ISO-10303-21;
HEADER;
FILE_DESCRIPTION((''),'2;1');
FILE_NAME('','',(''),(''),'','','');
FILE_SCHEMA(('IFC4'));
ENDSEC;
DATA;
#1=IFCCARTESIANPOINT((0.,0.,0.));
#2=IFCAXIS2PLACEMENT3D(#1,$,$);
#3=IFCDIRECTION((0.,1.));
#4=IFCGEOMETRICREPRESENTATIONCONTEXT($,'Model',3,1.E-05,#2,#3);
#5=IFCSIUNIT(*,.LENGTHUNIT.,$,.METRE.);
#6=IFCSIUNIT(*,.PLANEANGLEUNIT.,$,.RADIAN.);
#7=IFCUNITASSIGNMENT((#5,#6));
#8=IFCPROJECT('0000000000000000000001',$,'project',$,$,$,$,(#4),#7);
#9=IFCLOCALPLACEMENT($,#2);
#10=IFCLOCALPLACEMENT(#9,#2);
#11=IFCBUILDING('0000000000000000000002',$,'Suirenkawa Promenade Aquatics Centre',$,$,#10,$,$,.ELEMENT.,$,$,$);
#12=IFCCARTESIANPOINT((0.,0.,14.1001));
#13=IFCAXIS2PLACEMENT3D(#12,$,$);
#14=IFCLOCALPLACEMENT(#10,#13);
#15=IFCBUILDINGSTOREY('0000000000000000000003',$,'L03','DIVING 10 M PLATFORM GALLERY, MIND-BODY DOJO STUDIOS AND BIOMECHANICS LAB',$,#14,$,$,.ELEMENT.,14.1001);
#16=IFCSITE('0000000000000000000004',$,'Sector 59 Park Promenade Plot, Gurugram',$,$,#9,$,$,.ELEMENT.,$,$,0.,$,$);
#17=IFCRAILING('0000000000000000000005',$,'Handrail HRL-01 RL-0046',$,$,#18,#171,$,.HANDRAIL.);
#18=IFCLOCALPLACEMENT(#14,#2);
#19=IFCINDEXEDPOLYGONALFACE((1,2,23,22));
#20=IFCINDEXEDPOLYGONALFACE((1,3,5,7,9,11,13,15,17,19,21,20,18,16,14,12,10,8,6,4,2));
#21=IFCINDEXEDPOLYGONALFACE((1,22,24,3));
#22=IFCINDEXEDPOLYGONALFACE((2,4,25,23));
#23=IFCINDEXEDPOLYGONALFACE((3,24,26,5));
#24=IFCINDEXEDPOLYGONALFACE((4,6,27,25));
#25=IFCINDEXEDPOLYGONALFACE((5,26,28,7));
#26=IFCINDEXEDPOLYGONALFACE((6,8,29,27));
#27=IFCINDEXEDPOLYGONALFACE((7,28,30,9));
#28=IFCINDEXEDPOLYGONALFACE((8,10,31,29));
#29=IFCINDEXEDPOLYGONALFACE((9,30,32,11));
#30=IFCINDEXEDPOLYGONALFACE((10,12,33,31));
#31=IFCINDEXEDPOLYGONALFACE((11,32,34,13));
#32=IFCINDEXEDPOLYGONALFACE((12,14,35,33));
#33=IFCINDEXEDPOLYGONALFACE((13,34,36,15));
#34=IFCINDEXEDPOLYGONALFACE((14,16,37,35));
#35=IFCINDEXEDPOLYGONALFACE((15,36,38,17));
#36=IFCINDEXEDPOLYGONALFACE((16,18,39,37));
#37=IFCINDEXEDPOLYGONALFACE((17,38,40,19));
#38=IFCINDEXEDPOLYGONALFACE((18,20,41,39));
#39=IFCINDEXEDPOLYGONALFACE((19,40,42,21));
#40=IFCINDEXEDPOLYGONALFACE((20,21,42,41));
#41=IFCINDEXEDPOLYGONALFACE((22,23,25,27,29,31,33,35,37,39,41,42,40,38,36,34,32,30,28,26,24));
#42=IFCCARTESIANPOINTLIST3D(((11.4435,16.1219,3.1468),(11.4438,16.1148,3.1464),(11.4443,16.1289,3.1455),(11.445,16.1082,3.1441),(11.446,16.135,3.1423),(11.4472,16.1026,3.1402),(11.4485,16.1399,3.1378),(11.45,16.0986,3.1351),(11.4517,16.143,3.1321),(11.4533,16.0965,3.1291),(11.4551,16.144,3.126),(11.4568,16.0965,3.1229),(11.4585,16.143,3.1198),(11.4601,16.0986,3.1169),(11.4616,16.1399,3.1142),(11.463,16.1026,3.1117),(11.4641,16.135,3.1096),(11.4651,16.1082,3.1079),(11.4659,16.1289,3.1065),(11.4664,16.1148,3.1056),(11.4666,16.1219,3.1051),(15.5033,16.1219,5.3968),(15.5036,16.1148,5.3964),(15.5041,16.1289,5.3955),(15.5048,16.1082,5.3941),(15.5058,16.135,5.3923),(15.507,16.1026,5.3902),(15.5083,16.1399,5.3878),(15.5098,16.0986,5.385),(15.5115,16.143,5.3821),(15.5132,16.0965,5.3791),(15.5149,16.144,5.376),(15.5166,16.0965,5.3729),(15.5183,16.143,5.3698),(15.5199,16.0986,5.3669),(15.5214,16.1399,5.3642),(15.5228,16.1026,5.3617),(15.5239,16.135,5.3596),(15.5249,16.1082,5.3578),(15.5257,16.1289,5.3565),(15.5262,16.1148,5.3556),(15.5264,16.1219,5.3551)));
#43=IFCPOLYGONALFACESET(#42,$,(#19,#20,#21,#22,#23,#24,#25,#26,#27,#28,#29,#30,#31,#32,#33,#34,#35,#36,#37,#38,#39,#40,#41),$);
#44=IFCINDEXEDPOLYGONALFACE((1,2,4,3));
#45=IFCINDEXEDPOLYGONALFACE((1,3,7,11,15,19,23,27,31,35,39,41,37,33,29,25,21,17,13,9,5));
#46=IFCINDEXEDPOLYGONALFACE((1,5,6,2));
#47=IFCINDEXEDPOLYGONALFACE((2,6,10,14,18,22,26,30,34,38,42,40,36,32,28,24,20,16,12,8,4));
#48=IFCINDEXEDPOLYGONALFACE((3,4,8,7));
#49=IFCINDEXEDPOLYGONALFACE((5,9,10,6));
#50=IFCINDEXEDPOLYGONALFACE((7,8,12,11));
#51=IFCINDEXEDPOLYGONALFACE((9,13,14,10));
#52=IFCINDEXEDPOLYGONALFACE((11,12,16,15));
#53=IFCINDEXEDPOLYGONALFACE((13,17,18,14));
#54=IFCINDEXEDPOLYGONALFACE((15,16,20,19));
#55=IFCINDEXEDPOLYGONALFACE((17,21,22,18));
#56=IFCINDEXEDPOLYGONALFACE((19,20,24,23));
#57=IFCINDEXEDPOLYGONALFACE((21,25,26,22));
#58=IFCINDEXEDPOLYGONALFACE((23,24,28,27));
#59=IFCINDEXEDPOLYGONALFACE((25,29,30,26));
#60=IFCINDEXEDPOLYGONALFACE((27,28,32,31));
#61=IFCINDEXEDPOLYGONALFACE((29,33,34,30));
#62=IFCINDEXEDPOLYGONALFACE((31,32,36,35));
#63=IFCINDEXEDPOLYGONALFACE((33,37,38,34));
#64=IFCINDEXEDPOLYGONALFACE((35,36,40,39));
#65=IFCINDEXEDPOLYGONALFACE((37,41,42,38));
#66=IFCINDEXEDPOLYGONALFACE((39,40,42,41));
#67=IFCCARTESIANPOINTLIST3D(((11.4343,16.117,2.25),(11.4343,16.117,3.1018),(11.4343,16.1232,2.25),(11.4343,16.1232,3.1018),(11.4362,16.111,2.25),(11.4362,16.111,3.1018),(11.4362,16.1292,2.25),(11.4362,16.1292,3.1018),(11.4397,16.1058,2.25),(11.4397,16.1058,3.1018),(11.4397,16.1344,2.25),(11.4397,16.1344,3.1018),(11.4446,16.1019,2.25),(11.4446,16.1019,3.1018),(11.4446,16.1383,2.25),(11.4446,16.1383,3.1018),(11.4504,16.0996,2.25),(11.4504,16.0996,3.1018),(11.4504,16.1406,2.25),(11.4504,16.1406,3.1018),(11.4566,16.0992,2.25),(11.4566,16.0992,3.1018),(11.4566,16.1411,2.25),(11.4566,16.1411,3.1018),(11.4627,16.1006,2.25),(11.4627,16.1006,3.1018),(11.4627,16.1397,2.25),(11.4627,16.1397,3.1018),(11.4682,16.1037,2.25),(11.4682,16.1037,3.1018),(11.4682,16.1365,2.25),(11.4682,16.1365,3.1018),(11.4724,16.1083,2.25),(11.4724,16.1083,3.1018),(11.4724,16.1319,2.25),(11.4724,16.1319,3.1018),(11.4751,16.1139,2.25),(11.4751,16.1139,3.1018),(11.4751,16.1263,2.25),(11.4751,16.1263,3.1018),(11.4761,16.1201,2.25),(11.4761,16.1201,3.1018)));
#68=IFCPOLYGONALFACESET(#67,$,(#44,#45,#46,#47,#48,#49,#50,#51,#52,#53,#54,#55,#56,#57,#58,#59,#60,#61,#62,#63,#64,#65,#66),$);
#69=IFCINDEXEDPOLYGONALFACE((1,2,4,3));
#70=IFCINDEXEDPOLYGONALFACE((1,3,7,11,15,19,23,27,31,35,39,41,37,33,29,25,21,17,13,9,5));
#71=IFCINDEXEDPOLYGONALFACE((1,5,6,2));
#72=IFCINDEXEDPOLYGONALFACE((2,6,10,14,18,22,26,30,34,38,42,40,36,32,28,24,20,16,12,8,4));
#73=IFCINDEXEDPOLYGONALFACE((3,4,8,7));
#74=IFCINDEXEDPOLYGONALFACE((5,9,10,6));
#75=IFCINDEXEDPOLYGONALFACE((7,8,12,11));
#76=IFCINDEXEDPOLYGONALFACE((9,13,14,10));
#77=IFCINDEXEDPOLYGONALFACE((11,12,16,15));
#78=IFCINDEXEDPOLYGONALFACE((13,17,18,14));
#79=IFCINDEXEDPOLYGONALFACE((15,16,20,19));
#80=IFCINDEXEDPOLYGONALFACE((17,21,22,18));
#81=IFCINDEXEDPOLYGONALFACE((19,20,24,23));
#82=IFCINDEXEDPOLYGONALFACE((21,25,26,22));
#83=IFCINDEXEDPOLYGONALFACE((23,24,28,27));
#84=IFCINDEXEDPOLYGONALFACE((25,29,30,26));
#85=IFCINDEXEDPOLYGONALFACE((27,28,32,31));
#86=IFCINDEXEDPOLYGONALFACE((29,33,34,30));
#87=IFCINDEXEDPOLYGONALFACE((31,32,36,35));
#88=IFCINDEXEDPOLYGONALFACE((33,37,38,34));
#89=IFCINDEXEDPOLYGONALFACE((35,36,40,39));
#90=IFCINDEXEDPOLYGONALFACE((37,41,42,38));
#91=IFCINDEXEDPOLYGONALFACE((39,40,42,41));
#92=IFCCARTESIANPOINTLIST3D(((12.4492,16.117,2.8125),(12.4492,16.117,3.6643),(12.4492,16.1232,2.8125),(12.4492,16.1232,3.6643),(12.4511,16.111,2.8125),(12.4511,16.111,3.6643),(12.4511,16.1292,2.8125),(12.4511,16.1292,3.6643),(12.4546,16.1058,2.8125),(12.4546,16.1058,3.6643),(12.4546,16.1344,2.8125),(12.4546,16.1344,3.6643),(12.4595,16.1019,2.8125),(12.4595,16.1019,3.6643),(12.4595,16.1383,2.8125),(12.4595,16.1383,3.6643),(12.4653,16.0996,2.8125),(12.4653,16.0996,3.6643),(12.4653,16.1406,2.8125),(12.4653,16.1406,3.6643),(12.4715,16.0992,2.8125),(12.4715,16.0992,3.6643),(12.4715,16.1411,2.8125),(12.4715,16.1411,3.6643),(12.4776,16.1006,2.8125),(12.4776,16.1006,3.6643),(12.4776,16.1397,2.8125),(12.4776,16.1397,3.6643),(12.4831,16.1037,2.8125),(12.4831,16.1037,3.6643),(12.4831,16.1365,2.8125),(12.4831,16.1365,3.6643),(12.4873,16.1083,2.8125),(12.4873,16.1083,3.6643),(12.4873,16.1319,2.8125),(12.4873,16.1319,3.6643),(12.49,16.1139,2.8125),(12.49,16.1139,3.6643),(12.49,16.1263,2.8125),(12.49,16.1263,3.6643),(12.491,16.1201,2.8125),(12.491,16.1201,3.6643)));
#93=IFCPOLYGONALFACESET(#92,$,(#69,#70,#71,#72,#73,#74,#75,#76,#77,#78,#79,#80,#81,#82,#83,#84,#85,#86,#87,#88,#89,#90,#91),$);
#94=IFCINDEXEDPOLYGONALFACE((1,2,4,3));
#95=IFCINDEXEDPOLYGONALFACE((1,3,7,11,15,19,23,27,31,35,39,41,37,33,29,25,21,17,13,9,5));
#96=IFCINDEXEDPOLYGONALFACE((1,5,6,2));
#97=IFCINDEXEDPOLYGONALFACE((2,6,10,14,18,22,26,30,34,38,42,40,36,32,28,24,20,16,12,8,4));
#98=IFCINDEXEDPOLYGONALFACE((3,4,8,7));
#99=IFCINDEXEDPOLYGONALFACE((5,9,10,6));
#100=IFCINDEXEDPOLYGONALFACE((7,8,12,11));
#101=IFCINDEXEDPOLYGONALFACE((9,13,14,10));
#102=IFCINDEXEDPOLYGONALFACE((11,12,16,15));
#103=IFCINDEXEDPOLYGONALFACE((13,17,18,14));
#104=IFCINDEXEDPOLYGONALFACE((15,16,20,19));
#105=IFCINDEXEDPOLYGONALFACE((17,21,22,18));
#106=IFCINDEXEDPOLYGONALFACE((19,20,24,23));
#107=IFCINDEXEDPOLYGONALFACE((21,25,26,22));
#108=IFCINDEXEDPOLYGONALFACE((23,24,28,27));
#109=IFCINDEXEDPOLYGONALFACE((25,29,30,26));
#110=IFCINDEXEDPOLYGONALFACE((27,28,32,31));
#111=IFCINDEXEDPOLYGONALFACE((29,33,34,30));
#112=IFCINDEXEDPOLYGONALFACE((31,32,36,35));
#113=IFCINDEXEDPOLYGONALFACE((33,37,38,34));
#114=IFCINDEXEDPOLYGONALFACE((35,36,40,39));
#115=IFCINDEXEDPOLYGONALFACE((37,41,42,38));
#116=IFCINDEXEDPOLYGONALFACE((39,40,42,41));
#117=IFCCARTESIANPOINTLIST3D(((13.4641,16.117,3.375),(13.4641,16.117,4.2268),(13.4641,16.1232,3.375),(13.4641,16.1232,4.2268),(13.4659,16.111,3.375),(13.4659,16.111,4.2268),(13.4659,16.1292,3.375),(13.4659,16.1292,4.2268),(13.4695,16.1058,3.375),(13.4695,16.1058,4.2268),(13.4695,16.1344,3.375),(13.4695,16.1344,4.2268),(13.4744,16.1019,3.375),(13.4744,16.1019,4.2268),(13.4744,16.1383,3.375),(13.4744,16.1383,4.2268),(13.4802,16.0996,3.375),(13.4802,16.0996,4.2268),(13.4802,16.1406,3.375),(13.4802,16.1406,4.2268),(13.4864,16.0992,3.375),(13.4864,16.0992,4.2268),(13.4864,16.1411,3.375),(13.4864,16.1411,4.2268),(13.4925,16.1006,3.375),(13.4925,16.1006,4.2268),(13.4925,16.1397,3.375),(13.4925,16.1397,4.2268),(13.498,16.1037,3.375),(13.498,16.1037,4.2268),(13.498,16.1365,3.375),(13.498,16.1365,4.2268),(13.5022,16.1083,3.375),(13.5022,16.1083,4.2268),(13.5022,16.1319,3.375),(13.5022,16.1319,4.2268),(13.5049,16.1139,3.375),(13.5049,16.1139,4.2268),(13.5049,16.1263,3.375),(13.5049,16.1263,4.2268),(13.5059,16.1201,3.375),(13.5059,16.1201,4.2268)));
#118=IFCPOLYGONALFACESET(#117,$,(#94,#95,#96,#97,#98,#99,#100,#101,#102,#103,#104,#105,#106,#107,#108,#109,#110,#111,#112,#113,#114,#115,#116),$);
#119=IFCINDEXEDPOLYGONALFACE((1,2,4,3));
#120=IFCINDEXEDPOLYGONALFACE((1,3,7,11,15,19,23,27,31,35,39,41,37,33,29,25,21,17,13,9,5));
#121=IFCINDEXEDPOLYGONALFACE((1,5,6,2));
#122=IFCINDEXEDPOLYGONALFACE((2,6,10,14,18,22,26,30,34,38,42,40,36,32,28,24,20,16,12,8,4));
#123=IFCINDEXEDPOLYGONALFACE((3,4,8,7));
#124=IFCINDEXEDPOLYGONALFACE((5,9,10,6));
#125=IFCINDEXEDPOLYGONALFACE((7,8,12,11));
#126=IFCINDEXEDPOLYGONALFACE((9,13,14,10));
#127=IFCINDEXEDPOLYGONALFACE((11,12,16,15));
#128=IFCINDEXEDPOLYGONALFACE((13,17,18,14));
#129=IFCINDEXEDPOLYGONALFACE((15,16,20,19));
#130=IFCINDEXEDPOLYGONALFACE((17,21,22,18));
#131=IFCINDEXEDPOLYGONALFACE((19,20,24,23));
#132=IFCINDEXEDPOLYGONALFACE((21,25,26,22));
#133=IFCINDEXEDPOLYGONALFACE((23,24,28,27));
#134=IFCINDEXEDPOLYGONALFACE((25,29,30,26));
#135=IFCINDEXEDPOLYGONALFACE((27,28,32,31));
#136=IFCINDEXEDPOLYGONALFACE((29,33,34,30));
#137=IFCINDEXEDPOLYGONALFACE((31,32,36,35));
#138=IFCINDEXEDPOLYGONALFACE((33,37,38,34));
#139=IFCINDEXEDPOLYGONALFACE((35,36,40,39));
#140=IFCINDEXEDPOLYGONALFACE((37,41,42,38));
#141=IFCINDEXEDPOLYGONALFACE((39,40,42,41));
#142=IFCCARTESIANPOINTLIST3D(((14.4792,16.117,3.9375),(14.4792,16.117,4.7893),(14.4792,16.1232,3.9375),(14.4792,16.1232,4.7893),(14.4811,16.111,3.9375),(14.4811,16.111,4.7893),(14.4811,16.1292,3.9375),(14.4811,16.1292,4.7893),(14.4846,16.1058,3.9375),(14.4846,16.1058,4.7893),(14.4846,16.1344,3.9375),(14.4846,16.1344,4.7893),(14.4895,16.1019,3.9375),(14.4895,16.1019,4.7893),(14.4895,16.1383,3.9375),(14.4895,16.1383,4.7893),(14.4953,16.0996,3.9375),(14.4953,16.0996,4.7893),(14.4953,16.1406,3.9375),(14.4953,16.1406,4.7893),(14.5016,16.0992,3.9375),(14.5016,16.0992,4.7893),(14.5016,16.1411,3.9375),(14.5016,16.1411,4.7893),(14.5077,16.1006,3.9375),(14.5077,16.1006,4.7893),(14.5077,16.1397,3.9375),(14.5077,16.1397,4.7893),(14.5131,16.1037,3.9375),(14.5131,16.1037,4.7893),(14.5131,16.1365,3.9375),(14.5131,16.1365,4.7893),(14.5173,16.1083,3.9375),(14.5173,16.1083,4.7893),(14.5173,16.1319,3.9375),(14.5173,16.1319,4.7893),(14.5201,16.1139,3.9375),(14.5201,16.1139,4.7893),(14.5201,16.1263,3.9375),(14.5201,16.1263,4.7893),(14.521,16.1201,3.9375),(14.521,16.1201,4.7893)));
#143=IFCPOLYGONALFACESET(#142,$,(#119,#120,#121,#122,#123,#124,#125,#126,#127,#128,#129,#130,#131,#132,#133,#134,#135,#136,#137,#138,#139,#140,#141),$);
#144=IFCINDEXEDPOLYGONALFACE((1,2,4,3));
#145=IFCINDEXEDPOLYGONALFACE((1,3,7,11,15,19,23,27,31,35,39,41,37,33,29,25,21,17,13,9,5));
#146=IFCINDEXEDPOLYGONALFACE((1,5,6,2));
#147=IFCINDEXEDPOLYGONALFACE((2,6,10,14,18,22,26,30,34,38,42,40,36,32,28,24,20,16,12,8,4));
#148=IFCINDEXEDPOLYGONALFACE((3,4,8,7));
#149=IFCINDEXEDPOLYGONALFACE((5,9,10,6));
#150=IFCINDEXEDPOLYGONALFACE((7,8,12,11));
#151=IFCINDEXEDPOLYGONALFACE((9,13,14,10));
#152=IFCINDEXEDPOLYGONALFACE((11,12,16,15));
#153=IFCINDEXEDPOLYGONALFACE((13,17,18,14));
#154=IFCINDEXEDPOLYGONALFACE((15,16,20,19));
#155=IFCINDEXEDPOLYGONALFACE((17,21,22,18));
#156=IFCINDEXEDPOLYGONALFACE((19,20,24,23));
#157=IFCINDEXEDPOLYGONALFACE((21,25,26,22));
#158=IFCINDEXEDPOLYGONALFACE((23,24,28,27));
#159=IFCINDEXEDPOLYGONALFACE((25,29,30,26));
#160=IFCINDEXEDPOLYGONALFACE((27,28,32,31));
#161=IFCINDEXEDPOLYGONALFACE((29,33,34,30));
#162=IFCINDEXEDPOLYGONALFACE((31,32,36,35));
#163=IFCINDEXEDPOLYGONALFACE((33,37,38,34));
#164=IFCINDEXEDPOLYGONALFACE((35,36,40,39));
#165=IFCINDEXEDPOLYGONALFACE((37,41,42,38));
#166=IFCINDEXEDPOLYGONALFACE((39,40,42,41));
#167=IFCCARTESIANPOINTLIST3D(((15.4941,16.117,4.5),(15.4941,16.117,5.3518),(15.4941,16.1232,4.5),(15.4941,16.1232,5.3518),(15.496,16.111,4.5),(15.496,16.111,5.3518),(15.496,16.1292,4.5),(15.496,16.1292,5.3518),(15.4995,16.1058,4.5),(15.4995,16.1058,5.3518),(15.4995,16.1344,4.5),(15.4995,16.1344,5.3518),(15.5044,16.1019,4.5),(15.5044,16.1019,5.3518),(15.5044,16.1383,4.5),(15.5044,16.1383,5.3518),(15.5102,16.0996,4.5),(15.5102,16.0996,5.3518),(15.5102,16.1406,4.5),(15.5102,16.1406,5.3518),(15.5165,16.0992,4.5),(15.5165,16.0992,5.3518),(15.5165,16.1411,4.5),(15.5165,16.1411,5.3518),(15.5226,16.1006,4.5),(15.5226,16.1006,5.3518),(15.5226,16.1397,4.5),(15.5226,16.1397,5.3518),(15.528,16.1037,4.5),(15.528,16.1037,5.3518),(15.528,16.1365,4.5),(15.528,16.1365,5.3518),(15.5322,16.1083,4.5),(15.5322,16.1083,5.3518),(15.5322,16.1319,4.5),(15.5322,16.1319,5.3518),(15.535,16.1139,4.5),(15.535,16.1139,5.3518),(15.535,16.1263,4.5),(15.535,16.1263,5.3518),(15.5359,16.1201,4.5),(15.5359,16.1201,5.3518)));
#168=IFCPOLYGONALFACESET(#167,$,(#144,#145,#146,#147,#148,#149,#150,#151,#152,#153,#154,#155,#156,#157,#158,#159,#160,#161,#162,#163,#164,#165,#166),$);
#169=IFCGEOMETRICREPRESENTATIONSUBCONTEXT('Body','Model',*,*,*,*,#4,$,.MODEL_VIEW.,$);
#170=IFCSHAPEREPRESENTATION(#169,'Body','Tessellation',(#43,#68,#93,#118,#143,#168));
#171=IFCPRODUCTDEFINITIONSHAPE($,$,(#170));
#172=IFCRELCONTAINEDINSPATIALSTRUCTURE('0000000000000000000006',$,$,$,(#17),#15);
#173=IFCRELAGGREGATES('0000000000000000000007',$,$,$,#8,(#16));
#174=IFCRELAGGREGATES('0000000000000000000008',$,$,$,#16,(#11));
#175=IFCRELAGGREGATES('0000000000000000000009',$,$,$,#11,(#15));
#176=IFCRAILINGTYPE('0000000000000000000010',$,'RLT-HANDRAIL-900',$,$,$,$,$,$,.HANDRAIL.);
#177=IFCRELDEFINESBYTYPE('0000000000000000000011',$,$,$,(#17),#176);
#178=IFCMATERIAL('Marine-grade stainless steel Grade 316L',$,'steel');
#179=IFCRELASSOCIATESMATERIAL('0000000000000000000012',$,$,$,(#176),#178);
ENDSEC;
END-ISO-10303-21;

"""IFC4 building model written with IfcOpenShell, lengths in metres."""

from ifc_helpers import new_model, si_unit, direction, frame, origin, origin_2d, place, context, subcontext, project, spatial, circle, extrude, material, type_object, element, save


model = new_model("IFC4")

# Units and contexts
model_context = context("Model", 3, precision=1e-05, world=origin(), true_north=direction((0.0, 1.0)))
body_context = subcontext(model_context, "Body", "Model", "MODEL_VIEW")
ifc_project = project(units=[si_unit("LENGTHUNIT", "METRE"), si_unit("PLANEANGLEUNIT", "RADIAN")], contexts=[model_context])

# Site, building, storey
site_placement = place(None, origin())
site = spatial("IfcSite", under=ifc_project, at=site_placement, Name="Sector 59 Park Promenade Plot, Gurugram", CompositionType="ELEMENT", RefElevation=0.0)
building_placement = place(site_placement, origin())
building = spatial("IfcBuilding", under=site, at=building_placement, Name="Suirenkawa Promenade Aquatics Centre", CompositionType="ELEMENT")
storey_placement = place(building_placement, frame((0.0, 0.0, 14.1001)))
storey = spatial("IfcBuildingStorey", under=building, at=storey_placement, Name="L03", Description="DIVING 10 M PLATFORM GALLERY, MIND-BODY DOJO STUDIOS AND BIOMECHANICS LAB", CompositionType="ELEMENT", Elevation=14.1001)

# Shared definitions
ifc_material_1 = material(Name="Marine-grade stainless steel Grade 316L", Category="steel")

# Railing
railing_type_1 = type_object("IfcRailingType", Name="RLT-HANDRAIL-900", PredefinedType="HANDRAIL", material=ifc_material_1)
for number, where, name in (
    (1, (11.4551, 16.1201, 2.25), "Handrail HRL-01 RL-0046"),
):
    element("IfcRailing", number, at=place(storey_placement, frame(where)), inside=storey, type_object=railing_type_1, Name=name, PredefinedType="HANDRAIL", context=body_context, shape_type="SweptSolid", body=[
        extrude(circle(Radius=0.0239, at=origin_2d()), frame((0.0, 0.0, 0.876), z_axis=(0.874656, 0.0, 0.484745), x_axis=(0.0, 1.0, 0.0)), (0.0, 0.0, 1.0), 4.6416),
        extrude(circle(Radius=0.021, at=origin_2d()), origin(), (0.0, 0.0, 1.0), 0.8518),
        extrude(circle(Radius=0.021, at=origin_2d()), frame((1.0149, 0.0, 0.5625)), (0.0, 0.0, 1.0), 0.8518),
        extrude(circle(Radius=0.021, at=origin_2d()), frame((2.0298, 0.0, 1.125)), (0.0, 0.0, 1.0), 0.8518),
        extrude(circle(Radius=0.021, at=origin_2d()), frame((3.0449, 0.0, 1.6875)), (0.0, 0.0, 1.0), 0.8518),
        extrude(circle(Radius=0.021, at=origin_2d()), frame((4.0598, 0.0, 2.25)), (0.0, 0.0, 1.0), 0.8518),
    ])

save(model, "model.ifc")
